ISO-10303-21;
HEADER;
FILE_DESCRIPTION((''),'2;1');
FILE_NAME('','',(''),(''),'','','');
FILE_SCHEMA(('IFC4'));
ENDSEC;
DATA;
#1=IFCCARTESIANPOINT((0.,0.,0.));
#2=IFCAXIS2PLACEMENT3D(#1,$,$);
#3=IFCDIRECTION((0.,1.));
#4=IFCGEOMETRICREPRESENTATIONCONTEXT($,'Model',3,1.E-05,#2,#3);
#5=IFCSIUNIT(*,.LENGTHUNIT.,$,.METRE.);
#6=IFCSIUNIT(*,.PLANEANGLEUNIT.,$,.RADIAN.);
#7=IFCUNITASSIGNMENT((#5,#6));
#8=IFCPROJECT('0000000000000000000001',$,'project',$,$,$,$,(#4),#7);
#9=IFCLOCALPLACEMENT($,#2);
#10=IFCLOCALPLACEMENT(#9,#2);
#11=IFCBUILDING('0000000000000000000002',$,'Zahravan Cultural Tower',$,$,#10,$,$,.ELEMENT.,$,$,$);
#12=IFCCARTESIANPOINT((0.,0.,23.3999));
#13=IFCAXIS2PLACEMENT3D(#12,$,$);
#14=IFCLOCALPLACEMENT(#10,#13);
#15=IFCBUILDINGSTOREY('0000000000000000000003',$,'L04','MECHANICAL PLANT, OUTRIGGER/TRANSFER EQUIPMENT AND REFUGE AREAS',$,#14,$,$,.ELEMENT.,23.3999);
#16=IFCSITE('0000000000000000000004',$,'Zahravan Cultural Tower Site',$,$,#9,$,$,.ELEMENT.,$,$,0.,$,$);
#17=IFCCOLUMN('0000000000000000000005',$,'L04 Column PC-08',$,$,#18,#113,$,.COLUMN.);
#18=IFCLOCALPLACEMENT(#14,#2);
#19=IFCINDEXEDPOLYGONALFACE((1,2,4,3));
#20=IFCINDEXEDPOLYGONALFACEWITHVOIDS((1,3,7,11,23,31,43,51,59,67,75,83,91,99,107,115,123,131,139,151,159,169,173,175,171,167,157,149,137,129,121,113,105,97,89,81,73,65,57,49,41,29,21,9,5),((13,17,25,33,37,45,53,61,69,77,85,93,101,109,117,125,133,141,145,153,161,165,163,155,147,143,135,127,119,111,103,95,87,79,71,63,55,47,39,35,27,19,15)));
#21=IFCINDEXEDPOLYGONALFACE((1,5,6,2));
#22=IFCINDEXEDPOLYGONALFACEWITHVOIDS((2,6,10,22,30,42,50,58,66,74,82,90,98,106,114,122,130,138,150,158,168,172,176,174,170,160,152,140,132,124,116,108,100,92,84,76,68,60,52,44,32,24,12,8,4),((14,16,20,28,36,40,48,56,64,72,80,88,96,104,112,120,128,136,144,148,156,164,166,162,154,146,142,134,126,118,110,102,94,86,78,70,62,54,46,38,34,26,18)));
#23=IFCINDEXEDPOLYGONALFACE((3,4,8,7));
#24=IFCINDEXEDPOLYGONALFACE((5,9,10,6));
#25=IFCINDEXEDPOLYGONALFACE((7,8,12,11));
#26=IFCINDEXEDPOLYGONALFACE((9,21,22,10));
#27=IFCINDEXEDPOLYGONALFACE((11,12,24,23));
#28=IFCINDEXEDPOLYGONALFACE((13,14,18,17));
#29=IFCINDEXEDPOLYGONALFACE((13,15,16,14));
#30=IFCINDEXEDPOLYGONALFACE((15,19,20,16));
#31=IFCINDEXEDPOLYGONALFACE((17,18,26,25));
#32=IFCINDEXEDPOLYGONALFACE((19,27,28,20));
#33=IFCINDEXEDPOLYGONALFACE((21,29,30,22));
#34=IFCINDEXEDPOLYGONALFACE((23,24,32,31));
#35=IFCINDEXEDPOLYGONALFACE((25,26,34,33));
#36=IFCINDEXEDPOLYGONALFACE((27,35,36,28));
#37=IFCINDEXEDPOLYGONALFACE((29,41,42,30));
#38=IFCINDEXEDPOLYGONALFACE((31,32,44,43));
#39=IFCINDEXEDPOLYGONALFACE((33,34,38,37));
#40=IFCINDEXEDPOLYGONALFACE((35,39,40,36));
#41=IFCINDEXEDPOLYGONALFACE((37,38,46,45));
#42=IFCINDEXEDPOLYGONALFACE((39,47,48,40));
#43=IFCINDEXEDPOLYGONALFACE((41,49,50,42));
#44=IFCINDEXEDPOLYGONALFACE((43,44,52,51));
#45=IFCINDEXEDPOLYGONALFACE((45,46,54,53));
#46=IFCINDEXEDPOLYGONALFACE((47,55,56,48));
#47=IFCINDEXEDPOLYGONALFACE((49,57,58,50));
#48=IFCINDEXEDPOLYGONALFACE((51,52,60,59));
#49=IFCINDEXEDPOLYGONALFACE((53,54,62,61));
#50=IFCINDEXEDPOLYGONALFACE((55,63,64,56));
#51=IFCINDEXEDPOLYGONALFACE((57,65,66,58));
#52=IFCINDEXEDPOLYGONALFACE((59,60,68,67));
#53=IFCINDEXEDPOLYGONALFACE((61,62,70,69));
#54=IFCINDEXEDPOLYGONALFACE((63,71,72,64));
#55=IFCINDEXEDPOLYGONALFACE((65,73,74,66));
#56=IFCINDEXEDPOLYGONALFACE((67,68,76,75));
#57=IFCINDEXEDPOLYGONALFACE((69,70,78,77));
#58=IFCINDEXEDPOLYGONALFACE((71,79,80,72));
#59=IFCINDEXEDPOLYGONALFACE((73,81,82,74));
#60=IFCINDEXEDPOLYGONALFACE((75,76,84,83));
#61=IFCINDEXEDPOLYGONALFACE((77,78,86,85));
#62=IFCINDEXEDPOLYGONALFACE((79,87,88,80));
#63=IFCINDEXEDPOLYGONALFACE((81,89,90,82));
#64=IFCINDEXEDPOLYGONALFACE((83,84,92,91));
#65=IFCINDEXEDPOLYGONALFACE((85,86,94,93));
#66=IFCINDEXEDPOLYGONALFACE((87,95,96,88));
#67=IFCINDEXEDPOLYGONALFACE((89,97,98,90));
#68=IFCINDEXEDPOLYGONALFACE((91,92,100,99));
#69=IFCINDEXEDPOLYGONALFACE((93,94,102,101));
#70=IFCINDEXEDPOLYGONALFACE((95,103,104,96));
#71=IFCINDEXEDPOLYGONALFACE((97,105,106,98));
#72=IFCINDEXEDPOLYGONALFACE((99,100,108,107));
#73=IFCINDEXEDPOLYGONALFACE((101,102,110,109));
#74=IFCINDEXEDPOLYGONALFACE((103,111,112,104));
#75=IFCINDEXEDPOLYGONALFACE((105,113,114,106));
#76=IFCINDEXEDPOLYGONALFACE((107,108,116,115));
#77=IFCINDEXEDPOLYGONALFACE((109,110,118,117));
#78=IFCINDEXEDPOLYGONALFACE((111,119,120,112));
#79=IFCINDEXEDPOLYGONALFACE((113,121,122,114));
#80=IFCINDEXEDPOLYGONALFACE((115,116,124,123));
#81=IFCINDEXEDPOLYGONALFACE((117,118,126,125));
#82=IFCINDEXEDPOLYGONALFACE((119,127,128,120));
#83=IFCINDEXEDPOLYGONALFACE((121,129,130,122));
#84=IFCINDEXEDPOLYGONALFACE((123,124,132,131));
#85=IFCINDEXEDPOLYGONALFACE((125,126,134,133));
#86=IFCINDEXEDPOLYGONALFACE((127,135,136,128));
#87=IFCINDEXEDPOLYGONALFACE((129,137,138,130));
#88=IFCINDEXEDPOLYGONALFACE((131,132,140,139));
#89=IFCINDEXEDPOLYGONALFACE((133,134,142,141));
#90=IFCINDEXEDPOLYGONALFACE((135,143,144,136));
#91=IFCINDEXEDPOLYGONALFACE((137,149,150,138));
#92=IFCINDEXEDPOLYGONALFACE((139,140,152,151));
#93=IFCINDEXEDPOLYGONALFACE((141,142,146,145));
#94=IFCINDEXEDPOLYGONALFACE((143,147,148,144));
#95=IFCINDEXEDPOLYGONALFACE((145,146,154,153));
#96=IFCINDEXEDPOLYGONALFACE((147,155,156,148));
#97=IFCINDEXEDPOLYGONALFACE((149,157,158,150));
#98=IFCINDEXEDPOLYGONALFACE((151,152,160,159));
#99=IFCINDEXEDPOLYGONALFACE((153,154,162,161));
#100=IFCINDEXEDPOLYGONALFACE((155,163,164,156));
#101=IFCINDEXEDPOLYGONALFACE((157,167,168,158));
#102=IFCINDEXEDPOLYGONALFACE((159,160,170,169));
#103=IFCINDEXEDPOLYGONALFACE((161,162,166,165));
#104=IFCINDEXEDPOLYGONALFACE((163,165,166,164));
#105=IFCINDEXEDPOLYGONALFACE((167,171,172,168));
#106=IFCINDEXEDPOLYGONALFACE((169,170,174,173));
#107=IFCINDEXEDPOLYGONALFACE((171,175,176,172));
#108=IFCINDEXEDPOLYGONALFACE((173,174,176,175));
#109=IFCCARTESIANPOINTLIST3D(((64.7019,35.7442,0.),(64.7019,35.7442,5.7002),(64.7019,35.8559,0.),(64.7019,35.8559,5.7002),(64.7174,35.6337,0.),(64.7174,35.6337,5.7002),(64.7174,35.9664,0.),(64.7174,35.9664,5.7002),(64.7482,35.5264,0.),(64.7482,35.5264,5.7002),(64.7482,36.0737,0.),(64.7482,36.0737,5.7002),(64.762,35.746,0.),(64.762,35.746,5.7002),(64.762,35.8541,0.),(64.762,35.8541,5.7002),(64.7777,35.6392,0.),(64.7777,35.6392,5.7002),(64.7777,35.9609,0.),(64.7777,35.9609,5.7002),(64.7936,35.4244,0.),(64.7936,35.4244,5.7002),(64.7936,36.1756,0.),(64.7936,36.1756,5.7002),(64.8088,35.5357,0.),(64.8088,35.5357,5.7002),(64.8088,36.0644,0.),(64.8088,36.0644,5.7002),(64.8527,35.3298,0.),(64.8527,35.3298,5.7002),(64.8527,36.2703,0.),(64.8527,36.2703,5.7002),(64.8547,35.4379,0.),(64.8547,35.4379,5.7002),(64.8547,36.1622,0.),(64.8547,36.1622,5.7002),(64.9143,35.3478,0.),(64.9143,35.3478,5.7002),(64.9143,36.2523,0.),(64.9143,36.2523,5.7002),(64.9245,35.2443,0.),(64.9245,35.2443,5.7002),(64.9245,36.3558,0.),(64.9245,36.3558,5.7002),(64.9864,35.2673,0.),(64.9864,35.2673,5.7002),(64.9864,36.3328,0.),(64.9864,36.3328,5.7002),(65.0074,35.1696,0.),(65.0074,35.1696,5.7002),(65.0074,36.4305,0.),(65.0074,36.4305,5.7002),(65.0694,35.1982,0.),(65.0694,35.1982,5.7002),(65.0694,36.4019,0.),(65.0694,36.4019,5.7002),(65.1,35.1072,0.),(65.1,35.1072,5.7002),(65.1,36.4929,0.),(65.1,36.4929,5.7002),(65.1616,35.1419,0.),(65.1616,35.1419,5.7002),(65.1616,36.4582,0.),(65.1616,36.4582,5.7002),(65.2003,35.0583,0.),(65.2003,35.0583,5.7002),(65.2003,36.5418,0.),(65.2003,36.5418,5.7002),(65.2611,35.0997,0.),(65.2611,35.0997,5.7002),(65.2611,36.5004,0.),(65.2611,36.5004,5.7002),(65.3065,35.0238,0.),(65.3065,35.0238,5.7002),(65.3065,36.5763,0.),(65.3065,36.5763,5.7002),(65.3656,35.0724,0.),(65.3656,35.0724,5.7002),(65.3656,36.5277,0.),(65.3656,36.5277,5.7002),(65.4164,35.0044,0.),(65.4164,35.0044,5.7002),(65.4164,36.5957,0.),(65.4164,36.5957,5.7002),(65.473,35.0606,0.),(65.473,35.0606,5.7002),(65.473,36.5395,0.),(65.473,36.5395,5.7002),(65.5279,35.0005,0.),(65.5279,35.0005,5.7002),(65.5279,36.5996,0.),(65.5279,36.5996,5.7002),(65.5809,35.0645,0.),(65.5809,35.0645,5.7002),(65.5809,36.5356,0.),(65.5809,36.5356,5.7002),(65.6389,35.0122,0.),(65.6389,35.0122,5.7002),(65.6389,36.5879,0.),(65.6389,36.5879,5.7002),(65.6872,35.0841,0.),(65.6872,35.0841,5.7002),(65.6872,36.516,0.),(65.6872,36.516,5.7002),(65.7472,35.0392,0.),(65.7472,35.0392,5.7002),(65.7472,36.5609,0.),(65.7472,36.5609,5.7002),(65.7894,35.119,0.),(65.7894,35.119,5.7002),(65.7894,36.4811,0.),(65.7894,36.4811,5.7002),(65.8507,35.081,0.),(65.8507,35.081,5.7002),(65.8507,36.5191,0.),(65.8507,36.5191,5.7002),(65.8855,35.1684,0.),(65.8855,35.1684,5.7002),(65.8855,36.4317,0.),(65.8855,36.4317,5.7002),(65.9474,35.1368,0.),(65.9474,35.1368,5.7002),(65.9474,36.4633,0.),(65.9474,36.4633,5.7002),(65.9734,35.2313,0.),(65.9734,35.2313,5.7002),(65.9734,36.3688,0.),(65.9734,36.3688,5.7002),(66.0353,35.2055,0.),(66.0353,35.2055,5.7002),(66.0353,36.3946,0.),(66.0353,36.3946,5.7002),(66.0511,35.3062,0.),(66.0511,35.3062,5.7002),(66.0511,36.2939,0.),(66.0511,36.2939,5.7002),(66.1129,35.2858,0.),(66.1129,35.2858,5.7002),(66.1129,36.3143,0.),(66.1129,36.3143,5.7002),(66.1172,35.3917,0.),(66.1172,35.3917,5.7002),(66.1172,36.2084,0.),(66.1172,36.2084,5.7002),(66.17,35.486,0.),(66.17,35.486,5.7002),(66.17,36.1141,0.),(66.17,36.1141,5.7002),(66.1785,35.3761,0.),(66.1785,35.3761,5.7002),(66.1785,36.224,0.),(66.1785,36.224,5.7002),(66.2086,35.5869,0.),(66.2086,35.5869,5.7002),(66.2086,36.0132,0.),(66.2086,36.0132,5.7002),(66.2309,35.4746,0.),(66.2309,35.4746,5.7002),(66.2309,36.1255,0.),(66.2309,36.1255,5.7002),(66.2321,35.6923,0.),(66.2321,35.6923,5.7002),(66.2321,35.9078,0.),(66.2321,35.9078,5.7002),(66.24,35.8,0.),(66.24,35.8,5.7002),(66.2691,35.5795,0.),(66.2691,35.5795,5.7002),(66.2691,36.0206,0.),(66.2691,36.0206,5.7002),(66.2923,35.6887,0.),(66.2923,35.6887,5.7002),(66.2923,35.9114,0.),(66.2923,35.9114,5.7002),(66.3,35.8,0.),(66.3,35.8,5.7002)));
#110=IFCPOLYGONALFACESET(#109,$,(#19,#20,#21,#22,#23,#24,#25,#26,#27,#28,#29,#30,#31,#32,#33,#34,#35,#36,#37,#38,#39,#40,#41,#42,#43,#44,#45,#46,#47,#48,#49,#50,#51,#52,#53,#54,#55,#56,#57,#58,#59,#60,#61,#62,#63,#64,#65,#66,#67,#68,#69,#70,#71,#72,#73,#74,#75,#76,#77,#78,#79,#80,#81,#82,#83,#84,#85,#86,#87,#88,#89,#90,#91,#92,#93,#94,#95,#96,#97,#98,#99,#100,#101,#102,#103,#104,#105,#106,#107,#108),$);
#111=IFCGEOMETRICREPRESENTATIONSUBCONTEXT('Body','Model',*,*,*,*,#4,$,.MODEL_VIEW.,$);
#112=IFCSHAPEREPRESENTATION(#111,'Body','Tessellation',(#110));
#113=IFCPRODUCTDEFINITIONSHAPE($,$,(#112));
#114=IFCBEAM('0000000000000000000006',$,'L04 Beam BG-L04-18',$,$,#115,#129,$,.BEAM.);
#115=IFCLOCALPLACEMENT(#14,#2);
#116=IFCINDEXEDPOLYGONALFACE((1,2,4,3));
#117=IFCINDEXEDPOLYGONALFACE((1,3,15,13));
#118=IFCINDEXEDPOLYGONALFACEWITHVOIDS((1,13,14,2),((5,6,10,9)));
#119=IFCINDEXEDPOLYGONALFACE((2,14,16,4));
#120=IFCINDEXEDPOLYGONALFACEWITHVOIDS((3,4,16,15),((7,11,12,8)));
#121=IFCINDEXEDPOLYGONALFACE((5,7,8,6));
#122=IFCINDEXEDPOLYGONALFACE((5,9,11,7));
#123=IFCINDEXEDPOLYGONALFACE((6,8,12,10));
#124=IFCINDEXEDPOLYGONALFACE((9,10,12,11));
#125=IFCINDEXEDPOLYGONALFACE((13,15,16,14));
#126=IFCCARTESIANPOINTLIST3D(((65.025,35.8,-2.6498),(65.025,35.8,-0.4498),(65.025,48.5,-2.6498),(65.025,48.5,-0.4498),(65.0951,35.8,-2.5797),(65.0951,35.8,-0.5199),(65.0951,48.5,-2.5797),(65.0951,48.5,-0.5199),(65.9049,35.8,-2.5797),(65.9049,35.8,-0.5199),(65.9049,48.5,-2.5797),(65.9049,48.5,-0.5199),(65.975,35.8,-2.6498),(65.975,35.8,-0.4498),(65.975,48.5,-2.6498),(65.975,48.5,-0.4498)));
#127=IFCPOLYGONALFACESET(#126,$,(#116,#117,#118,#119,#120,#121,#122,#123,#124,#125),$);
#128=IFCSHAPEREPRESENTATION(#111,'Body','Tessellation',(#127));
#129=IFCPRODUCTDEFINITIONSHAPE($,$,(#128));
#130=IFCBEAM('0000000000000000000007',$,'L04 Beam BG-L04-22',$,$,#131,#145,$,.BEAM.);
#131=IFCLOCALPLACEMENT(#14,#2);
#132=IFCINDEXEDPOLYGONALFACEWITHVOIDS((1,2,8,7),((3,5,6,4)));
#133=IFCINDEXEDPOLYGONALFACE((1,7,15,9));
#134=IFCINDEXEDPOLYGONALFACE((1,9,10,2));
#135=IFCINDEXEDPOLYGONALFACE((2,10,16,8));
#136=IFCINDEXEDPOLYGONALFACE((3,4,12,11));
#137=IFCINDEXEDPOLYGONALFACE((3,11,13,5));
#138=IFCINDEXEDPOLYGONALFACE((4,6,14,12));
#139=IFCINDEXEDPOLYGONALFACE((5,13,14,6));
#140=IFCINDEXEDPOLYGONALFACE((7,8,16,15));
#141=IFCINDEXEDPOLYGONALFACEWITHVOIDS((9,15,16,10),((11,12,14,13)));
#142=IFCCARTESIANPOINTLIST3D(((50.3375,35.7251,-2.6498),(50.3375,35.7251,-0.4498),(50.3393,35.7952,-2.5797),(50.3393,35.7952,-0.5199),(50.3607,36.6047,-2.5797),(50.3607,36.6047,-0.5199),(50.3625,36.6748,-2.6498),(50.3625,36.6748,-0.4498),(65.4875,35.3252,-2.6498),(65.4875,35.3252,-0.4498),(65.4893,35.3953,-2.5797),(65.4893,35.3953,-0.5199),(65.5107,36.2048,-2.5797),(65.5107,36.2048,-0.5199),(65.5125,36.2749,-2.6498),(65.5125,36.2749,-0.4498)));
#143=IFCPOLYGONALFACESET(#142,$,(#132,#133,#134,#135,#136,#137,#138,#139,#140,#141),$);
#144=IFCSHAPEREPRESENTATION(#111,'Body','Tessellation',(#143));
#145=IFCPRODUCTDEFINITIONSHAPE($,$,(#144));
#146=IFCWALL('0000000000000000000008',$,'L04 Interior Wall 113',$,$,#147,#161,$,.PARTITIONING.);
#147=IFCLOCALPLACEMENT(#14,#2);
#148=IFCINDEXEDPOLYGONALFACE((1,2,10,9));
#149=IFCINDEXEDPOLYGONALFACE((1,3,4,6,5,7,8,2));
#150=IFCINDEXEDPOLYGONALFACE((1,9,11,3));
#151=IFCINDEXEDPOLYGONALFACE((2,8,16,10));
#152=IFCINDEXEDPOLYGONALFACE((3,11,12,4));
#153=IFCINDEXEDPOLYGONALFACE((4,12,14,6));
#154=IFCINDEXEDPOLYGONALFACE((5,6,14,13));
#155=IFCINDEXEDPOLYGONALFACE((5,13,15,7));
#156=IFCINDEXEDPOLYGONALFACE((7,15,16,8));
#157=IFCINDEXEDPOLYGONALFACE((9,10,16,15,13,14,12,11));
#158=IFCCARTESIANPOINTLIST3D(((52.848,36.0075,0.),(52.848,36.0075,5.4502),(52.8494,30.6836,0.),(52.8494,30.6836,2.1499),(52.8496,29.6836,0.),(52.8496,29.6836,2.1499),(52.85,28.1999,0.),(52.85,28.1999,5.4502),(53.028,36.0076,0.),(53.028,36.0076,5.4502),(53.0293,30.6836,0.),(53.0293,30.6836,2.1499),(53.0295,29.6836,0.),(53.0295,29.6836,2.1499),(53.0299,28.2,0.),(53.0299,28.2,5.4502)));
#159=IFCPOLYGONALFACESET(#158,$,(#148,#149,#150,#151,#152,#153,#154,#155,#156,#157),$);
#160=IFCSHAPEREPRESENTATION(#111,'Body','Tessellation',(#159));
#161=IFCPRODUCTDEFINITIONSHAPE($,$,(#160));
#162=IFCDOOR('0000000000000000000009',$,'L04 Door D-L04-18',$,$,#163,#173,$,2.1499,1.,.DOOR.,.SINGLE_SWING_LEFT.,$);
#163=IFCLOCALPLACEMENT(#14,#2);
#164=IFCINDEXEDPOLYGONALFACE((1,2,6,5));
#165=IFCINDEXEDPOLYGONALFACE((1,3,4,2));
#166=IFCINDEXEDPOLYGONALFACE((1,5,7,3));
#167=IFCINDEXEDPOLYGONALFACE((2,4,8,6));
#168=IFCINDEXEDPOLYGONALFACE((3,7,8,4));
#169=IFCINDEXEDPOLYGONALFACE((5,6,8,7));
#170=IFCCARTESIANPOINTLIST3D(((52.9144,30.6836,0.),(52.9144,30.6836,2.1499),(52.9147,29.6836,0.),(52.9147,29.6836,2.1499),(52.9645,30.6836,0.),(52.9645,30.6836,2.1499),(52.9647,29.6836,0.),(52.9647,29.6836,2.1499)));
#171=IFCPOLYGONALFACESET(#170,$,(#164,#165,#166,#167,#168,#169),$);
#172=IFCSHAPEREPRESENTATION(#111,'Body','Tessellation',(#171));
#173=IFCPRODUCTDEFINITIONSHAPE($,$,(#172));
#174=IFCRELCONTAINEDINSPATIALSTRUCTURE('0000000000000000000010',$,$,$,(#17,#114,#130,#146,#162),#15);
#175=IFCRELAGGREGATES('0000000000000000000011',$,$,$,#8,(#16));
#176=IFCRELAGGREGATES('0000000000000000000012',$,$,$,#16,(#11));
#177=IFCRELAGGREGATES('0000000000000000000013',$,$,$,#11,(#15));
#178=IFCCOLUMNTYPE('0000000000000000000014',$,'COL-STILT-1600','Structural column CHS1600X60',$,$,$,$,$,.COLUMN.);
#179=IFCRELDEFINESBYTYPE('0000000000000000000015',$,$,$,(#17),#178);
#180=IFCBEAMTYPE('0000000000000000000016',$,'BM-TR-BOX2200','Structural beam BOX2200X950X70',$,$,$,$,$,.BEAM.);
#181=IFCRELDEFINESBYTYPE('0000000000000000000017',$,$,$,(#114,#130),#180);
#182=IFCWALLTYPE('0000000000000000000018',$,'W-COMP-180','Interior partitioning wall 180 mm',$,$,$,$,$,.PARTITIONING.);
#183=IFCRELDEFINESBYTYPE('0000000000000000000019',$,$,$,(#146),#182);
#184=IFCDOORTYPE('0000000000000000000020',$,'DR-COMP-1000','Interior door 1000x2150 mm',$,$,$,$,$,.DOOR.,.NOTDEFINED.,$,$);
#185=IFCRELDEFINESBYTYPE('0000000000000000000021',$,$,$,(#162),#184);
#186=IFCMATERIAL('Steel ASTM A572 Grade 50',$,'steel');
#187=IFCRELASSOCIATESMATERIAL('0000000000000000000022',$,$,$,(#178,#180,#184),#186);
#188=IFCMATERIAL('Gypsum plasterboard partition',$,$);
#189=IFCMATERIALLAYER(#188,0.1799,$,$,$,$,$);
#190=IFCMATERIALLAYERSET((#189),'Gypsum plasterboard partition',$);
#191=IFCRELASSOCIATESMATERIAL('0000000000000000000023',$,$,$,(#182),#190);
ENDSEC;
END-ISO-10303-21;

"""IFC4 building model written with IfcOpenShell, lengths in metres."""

from ifc_helpers import new_model, si_unit, direction, frame, frame_2d, origin, origin_2d, place, context, subcontext, project, spatial, rectangle, hollow_rectangle, hollow_circle, extrude, source, transform, mapped, material, layer, layer_set, material_profile, profile_set, type_object, element, fill, save


model = new_model("IFC4")

# Units and contexts
model_context = context("Model", 3, precision=1e-05, world=origin(), true_north=direction((0.0, 1.0)))
body_context = subcontext(model_context, "Body", "Model", "MODEL_VIEW")
ifc_project = project(units=[si_unit("LENGTHUNIT", "METRE"), si_unit("PLANEANGLEUNIT", "RADIAN")], contexts=[model_context])

# Site, building, storey
site_placement = place(None, origin())
site = spatial("IfcSite", under=ifc_project, at=site_placement, Name="Zahravan Cultural Tower Site", CompositionType="ELEMENT", RefElevation=0.0)
building_placement = place(site_placement, origin())
building = spatial("IfcBuilding", under=site, at=building_placement, Name="Zahravan Cultural Tower", CompositionType="ELEMENT")
storey_placement = place(building_placement, frame((0.0, 0.0, 23.3999)))
storey = spatial("IfcBuildingStorey", under=building, at=storey_placement, Name="L04", Description="MECHANICAL PLANT, OUTRIGGER/TRANSFER EQUIPMENT AND REFUGE AREAS", CompositionType="ELEMENT", Elevation=23.3999)

# Column
ifc_material_1 = material(Name="Steel ASTM A572 Grade 50", Category="steel")
ifc_material_profile_1 = material_profile(ifc_material_1, hollow_circle(Radius=0.8, WallThickness=0.0601, at=origin_2d()), Name="CHS1600X60")
ifc_profile_set_1 = profile_set([ifc_material_profile_1], Name="Steel ASTM A572 Grade 50")
column_type = type_object("IfcColumnType", Name="COL-STILT-1600", Description="Structural column CHS1600X60", PredefinedType="COLUMN", material=ifc_profile_set_1)
shared_shape_1 = source(origin(), body_context, "Body", "SweptSolid", [
    extrude(hollow_circle(Radius=0.8, WallThickness=0.0601, at=origin_2d()), origin(), (0.0, 0.0, 1.0), 5.7002),
])
column_placement = place(storey_placement, frame((65.5, 35.8, 0.0), z_axis=(0.0, 0.0, 1.0), x_axis=(1.0, 0.0, 0.0)))
element("IfcColumn", 1, at=column_placement, inside=storey, type_object=column_type, Name="L04 Column PC-08", PredefinedType="COLUMN", context=body_context, shape_type="MappedRepresentation", body=[
    mapped(shared_shape_1, transform((0.0, 0.0, 0.0), x_axis=(1.0, 0.0, 0.0), y_axis=(0.0, 1.0, 0.0), z_axis=(0.0, 0.0, 1.0), scale=1.0)),
])

# Beams
ifc_material_profile_2 = material_profile(ifc_material_1, hollow_rectangle(XDim=0.95, YDim=2.2, WallThickness=0.0701, at=origin_2d()), Name="BOX2200X950X70")
ifc_profile_set_2 = profile_set([ifc_material_profile_2], Name="Steel ASTM A572 Grade 50")
beam_type = type_object("IfcBeamType", Name="BM-TR-BOX2200", Description="Structural beam BOX2200X950X70", PredefinedType="BEAM", material=ifc_profile_set_2)
shared_shape_2 = source(origin(), body_context, "Body", "SweptSolid", [
    extrude(hollow_rectangle(XDim=0.95, YDim=2.2, WallThickness=0.0701, at=origin_2d()), origin(), (0.0, 0.0, 1.0), 12.7),
])
beam_1_placement = place(storey_placement, frame((65.5, 35.8, -1.5498), z_axis=(0.0, 1.0, 0.0), x_axis=(-1.0, 0.0, 0.0)))
element("IfcBeam", 2, at=beam_1_placement, inside=storey, type_object=beam_type, Name="L04 Beam BG-L04-18", PredefinedType="BEAM", context=body_context, shape_type="MappedRepresentation", body=[
    mapped(shared_shape_2, transform((0.0, 0.0, 0.0), x_axis=(1.0, 0.0, 0.0), y_axis=(0.0, 1.0, 0.0), z_axis=(0.0, 0.0, 1.0), scale=1.0)),
])
shared_shape_3 = source(origin(), body_context, "Body", "SweptSolid", [
    extrude(hollow_rectangle(XDim=0.95, YDim=2.2, WallThickness=0.0701, at=origin_2d()), origin(), (0.0, 0.0, 1.0), 15.1553),
])
beam_2_placement = place(storey_placement, frame((65.5, 35.8, -1.5498), z_axis=(-0.999652, 0.026387, 0.0), x_axis=(-0.026387, -0.999652, 0.0)))
element("IfcBeam", 3, at=beam_2_placement, inside=storey, type_object=beam_type, Name="L04 Beam BG-L04-22", PredefinedType="BEAM", context=body_context, shape_type="MappedRepresentation", body=[
    mapped(shared_shape_3, transform((0.0, 0.0, 0.0), x_axis=(1.0, 0.0, 0.0), y_axis=(0.0, 1.0, 0.0), z_axis=(0.0, 0.0, 1.0), scale=1.0)),
])

# Wall, opening, door
ifc_material_2 = material(Name="Gypsum plasterboard partition")
ifc_layer_1 = layer(ifc_material_2, 0.1799)
ifc_layer_set_1 = layer_set([ifc_layer_1], Name="Gypsum plasterboard partition")
wall_type_1 = type_object("IfcWallType", Name="W-COMP-180", Description="Interior partitioning wall 180 mm", PredefinedType="PARTITIONING", material=ifc_layer_set_1)
wall_1_placement = place(storey_placement, frame((52.9399, 28.2, 0.0), z_axis=(0.0, 0.0, 1.0), x_axis=(-0.00025, 1.0, 0.0)))
wall_1 = element("IfcWall", 4, at=wall_1_placement, inside=storey, type_object=wall_type_1, Name="L04 Interior Wall 113", PredefinedType="PARTITIONING", context=body_context, shape_type="SweptSolid", body=[
    extrude(rectangle(XDim=7.8076, YDim=0.1799, at=frame_2d((3.9038, 0.0))), origin(), (0.0, 0.0, 1.0), 5.4502),
])
opening_placement = place(wall_1_placement, frame((1.4836, 0.0, 0.0)))
opening = element("IfcOpeningElement", 5, at=opening_placement, cuts=wall_1, PredefinedType="OPENING", context=body_context, shape_type="SweptSolid", body=[
    extrude(rectangle(XDim=1.0, YDim=2.1499, at=frame_2d((0.5, 1.075))), frame((0.0, 0.0999, 0.0), z_axis=(0.0, -1.0, 0.0), x_axis=(1.0, 0.0, 0.0)), (0.0, 0.0, 1.0), 0.2),
])
door_type = type_object("IfcDoorType", Name="DR-COMP-1000", Description="Interior door 1000x2150 mm", OperationType="NOTDEFINED", PredefinedType="DOOR", material=ifc_material_1)
shared_shape_4 = source(origin(), body_context, "Body", "SweptSolid", [
    extrude(rectangle(XDim=1.0, YDim=2.1499, at=frame_2d((0.5, 1.075))), frame((0.0, 0.0249, 0.0), z_axis=(0.0, -1.0, 0.0), x_axis=(1.0, 0.0, 0.0)), (0.0, 0.0, 1.0), 0.05),
])
door_placement = place(opening_placement, origin())
door = element("IfcDoor", 6, at=door_placement, inside=storey, type_object=door_type, Name="L04 Door D-L04-18", OperationType="SINGLE_SWING_LEFT", OverallHeight=2.1499, OverallWidth=1.0, PredefinedType="DOOR", context=body_context, shape_type="MappedRepresentation", body=[
    mapped(shared_shape_4, transform((0.0, 0.0, 0.0), x_axis=(1.0, 0.0, 0.0), y_axis=(0.0, 1.0, 0.0), z_axis=(0.0, 0.0, 1.0), scale=1.0)),
])
fill(opening, door)

save(model, "model.ifc")
